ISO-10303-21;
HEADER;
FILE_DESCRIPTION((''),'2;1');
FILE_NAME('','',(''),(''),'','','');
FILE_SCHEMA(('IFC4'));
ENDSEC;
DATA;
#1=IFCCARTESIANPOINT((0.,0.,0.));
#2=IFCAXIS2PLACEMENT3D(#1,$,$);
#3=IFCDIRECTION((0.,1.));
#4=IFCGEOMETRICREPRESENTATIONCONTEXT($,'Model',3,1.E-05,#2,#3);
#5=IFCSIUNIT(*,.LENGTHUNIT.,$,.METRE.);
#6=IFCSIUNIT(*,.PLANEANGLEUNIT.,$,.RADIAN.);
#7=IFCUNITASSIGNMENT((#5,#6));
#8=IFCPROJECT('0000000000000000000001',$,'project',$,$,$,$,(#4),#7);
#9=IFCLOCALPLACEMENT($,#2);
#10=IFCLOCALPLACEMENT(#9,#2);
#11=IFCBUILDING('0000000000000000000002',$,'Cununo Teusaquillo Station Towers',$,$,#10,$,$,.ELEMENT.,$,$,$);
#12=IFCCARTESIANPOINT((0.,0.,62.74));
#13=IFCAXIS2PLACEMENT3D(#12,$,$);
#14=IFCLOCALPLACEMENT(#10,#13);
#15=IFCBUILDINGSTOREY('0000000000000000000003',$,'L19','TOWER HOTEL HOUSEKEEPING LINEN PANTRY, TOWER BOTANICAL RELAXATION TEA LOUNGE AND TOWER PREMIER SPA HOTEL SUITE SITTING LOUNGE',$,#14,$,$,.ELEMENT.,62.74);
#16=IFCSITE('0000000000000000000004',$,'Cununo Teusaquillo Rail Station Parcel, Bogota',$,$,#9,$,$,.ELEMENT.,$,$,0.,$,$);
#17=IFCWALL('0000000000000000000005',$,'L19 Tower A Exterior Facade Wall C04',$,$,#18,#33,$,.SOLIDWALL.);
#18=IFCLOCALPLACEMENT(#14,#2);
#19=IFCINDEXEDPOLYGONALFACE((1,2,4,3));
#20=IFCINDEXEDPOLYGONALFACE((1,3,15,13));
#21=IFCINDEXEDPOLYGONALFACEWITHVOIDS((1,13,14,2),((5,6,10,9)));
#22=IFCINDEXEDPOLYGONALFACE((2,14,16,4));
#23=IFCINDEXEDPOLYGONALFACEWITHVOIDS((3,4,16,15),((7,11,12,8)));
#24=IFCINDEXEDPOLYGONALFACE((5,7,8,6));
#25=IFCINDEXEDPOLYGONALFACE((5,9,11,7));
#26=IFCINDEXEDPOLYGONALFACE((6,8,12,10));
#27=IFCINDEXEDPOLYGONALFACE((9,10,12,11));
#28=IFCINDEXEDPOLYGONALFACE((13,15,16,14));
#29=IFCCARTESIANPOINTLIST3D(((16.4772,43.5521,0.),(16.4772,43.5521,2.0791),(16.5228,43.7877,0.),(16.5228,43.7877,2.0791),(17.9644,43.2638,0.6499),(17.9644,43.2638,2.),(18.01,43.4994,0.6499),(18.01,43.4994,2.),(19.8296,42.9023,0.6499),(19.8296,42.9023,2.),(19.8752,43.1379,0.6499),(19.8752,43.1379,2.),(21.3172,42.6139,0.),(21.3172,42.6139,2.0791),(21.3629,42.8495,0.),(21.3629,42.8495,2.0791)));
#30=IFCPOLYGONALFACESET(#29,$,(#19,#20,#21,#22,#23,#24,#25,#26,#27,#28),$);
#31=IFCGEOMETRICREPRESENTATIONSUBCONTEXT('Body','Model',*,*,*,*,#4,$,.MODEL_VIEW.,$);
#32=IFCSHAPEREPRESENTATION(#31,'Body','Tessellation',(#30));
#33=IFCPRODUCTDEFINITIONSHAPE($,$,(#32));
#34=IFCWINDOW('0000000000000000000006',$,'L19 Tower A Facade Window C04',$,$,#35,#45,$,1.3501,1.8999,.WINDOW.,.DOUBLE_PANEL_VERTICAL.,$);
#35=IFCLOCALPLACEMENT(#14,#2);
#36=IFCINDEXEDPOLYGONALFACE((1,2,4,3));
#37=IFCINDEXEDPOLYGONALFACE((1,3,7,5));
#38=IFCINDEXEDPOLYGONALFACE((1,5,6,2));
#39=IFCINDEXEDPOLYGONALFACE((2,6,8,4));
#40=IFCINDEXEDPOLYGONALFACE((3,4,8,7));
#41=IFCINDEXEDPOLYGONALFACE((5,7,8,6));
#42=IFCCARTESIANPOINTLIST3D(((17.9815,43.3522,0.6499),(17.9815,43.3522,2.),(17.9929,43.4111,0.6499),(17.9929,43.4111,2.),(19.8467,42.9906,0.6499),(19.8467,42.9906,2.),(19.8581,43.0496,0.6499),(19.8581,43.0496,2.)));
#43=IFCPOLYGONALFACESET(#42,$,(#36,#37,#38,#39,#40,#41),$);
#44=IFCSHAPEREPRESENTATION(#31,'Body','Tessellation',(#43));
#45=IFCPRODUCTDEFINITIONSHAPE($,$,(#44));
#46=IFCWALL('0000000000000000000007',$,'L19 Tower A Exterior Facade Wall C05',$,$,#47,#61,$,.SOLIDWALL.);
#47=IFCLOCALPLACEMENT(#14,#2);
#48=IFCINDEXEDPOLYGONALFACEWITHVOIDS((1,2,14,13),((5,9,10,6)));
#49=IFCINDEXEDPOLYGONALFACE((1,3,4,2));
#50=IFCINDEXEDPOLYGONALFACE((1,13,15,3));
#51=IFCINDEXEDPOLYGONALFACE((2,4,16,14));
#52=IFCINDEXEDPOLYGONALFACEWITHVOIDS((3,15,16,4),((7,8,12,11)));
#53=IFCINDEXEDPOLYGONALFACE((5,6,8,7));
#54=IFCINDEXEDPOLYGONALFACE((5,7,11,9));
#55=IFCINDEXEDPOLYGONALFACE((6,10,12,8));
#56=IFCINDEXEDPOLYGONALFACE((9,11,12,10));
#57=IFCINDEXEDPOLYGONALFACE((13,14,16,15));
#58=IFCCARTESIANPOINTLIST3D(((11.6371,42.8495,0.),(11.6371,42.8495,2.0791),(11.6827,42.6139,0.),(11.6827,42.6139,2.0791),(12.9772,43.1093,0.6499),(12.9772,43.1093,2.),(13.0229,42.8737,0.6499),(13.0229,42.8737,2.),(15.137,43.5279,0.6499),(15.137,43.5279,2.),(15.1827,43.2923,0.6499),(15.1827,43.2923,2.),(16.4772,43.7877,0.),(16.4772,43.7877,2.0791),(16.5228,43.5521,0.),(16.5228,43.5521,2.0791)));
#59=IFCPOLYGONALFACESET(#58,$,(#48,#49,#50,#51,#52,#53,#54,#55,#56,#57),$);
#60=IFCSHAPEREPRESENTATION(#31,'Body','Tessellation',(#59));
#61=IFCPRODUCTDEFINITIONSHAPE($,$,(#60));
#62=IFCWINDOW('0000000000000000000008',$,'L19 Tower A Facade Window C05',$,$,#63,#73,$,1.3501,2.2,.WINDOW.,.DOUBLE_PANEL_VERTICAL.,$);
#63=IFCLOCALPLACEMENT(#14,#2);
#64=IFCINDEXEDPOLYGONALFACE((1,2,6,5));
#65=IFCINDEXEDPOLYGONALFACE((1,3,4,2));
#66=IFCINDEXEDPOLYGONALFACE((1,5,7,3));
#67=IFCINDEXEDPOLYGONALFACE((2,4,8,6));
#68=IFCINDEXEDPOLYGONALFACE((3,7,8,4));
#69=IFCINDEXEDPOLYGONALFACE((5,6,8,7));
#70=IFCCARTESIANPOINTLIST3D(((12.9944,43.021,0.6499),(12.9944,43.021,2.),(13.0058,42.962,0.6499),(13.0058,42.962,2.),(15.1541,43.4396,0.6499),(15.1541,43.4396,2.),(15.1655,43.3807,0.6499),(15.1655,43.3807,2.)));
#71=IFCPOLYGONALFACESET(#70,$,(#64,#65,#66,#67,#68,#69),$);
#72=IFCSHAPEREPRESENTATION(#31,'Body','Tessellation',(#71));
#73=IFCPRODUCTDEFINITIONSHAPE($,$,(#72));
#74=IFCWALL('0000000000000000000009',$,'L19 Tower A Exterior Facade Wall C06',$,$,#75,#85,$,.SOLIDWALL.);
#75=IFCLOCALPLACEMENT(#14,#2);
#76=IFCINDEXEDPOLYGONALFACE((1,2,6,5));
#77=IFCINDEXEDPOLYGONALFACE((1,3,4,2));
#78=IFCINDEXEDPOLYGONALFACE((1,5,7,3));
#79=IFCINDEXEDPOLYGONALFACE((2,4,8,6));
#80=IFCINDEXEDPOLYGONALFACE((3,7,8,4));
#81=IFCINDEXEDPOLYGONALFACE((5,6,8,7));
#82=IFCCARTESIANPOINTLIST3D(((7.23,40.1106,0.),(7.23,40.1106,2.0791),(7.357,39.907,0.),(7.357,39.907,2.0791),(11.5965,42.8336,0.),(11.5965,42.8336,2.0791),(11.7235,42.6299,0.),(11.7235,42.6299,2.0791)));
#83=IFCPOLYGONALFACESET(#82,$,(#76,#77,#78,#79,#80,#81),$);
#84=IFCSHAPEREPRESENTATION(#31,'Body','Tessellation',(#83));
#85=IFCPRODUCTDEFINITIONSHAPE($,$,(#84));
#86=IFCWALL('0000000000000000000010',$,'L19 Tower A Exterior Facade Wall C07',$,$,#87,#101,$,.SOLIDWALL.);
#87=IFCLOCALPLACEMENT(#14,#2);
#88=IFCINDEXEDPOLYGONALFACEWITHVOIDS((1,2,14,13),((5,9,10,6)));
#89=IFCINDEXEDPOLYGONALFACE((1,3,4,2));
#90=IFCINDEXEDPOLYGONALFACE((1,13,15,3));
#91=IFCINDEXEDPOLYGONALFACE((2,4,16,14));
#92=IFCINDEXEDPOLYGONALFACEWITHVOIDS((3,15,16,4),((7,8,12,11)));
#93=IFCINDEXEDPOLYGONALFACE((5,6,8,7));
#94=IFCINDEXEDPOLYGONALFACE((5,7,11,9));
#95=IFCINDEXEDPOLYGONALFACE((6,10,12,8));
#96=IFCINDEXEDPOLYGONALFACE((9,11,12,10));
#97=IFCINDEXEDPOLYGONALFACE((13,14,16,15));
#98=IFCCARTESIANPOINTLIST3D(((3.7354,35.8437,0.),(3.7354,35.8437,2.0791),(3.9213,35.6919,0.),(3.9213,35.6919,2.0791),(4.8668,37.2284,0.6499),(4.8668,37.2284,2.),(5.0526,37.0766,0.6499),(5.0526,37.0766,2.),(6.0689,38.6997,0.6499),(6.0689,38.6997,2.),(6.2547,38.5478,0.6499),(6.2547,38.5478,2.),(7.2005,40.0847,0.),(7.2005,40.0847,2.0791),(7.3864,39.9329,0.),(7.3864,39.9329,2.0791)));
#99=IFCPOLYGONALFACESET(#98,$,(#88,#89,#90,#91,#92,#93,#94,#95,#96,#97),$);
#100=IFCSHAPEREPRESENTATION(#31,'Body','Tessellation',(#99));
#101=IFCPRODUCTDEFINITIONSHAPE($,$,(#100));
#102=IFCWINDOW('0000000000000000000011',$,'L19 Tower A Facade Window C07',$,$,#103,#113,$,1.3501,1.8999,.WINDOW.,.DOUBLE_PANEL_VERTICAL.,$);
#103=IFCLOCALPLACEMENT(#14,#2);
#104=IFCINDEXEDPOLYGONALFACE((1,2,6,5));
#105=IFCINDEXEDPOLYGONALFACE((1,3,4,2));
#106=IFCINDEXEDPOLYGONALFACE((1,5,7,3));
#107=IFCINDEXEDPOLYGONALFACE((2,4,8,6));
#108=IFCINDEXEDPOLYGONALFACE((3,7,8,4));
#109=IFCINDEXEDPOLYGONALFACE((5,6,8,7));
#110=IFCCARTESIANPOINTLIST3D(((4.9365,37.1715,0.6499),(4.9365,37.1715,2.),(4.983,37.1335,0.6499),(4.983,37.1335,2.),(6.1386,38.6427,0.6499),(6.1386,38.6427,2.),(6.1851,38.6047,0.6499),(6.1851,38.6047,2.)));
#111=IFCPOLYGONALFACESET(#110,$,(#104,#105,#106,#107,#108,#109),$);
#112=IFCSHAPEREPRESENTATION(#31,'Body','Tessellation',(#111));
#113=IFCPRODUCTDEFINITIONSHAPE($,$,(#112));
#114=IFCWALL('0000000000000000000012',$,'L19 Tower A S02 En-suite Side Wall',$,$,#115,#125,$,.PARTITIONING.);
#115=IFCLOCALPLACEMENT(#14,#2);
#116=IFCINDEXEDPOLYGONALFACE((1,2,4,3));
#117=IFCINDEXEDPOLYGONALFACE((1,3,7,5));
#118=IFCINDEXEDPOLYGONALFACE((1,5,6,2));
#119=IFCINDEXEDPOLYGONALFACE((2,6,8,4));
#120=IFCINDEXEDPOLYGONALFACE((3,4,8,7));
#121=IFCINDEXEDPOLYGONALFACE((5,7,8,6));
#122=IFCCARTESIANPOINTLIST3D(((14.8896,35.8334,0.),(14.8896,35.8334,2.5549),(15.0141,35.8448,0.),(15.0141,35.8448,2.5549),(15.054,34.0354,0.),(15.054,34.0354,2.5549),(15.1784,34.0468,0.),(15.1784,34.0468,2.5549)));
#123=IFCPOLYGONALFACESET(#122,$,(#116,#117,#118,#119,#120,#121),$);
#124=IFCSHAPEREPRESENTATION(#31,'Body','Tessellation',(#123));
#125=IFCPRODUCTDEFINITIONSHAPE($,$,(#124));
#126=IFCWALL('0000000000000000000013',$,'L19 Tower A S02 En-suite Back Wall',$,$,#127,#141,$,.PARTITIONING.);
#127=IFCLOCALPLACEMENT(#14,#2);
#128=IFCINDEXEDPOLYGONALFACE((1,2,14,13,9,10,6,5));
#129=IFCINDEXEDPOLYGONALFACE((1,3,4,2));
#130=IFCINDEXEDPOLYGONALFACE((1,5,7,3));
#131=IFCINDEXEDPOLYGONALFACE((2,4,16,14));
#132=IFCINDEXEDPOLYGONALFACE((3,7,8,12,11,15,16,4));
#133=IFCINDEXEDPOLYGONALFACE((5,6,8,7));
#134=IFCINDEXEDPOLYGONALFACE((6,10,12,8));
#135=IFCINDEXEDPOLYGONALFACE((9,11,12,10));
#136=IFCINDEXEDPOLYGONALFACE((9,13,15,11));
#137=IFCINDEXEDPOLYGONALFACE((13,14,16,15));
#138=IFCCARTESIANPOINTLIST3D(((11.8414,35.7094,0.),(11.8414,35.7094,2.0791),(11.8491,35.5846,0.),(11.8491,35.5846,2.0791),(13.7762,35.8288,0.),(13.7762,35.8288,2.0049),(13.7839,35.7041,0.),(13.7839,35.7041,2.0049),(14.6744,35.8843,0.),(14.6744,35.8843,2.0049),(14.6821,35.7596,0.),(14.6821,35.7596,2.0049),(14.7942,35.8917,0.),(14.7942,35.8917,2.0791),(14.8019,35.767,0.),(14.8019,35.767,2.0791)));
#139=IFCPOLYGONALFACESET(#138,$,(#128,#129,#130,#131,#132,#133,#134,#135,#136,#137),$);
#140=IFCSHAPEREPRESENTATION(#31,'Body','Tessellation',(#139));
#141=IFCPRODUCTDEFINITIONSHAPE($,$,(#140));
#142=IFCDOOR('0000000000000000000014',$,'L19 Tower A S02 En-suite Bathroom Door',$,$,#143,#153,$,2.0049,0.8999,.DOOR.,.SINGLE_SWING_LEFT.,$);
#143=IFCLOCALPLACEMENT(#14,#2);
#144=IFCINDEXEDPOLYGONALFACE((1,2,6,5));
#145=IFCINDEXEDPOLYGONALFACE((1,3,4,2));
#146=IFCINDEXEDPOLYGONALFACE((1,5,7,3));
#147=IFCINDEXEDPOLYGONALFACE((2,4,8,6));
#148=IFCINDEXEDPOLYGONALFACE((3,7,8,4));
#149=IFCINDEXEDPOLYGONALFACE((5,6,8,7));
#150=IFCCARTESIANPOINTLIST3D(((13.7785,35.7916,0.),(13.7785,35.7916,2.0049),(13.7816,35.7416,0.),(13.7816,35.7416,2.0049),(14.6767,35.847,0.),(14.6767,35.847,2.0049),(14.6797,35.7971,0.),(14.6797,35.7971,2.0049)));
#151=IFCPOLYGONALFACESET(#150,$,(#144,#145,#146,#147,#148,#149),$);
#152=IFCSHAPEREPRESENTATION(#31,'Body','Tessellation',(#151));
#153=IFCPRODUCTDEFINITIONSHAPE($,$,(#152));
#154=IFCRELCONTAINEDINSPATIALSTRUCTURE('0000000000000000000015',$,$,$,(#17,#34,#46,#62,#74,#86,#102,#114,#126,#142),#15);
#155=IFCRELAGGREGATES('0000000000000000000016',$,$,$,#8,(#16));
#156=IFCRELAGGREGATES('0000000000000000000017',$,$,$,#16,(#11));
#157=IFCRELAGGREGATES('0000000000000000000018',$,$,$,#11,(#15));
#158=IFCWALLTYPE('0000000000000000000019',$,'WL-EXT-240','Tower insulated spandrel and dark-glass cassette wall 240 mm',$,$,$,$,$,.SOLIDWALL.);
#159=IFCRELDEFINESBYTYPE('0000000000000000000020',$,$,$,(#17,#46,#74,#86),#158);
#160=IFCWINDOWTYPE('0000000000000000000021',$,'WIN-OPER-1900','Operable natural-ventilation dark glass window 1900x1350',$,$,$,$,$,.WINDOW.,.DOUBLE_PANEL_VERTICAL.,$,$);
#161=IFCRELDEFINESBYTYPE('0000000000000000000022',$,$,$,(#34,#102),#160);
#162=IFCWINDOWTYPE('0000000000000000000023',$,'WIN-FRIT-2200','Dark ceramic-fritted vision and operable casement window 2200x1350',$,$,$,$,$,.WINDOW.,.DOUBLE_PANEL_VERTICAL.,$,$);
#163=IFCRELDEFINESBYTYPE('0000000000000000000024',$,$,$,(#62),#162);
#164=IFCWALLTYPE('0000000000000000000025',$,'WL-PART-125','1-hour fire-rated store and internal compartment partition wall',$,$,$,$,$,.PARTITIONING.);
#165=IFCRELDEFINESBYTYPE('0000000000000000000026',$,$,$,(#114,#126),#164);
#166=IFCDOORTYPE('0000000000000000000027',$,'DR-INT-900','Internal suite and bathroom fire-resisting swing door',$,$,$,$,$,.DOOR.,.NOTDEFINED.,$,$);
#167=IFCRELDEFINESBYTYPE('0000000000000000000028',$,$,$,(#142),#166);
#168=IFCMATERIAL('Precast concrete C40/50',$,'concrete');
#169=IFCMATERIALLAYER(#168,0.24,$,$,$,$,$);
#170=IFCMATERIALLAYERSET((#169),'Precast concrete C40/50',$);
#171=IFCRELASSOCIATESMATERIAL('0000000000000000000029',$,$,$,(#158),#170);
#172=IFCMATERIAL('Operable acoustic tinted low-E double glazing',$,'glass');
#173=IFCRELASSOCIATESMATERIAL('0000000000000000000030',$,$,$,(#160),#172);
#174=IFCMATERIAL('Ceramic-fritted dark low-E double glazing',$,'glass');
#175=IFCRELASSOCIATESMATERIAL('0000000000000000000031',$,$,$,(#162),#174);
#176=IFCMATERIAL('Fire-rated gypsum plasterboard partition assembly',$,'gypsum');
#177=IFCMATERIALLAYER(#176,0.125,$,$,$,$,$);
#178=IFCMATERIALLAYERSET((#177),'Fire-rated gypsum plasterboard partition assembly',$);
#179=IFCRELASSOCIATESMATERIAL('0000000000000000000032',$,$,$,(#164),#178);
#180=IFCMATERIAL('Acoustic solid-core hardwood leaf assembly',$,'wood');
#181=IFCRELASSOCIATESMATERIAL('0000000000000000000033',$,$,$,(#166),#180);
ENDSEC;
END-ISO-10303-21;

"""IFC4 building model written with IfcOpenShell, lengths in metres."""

from ifc_helpers import new_model, si_unit, direction, frame, frame_2d, origin, place, context, subcontext, project, spatial, rectangle, extrude, source, transform, mapped, material, layer, layer_set, type_object, element, fill, save


model = new_model("IFC4")

# Units and contexts
model_context = context("Model", 3, precision=1e-05, world=origin(), true_north=direction((0.0, 1.0)))
body_context = subcontext(model_context, "Body", "Model", "MODEL_VIEW")
ifc_project = project(units=[si_unit("LENGTHUNIT", "METRE"), si_unit("PLANEANGLEUNIT", "RADIAN")], contexts=[model_context])

# Site, building, storey
site_placement = place(None, origin())
site = spatial("IfcSite", under=ifc_project, at=site_placement, Name="Cununo Teusaquillo Rail Station Parcel, Bogota", CompositionType="ELEMENT", RefElevation=0.0)
building_placement = place(site_placement, origin())
building = spatial("IfcBuilding", under=site, at=building_placement, Name="Cununo Teusaquillo Station Towers", CompositionType="ELEMENT")
storey_placement = place(building_placement, frame((0.0, 0.0, 62.74)))
storey = spatial("IfcBuildingStorey", under=building, at=storey_placement, Name="L19", Description="TOWER HOTEL HOUSEKEEPING LINEN PANTRY, TOWER BOTANICAL RELAXATION TEA LOUNGE AND TOWER PREMIER SPA HOTEL SUITE SITTING LOUNGE", CompositionType="ELEMENT", Elevation=62.74)

# Walls, openings, windows
ifc_material_1 = material(Name="Precast concrete C40/50", Category="concrete")
ifc_layer_1 = layer(ifc_material_1, 0.24)
ifc_layer_set_1 = layer_set([ifc_layer_1], Name="Precast concrete C40/50")
wall_type_1 = type_object("IfcWallType", Name="WL-EXT-240", Description="Tower insulated spandrel and dark-glass cassette wall 240 mm", PredefinedType="SOLIDWALL", material=ifc_layer_set_1)
wall_1_placement = place(storey_placement, frame((16.5, 43.6699, 0.0), z_axis=(0.0, 0.0, 1.0), x_axis=(0.981725, -0.190304, 0.0)))
wall_1 = element("IfcWall", 1, at=wall_1_placement, inside=storey, type_object=wall_type_1, Name="L19 Tower A Exterior Facade Wall C04", PredefinedType="SOLIDWALL", context=body_context, shape_type="SweptSolid", body=[
    extrude(rectangle(XDim=4.9302, YDim=0.24, at=frame_2d((2.4651, 0.0))), origin(), (0.0, 0.0, 1.0), 2.0791),
])
shared_shape_1 = source(origin(), body_context, "Body", "SweptSolid", [
    extrude(rectangle(XDim=1.8999, YDim=1.3501, at=frame_2d((0.95, 0.675))), frame((0.0, 0.1299, 0.0), z_axis=(0.0, -1.0, 0.0), x_axis=(1.0, 0.0, 0.0)), (0.0, 0.0, 1.0), 0.26),
])
opening_1_placement = place(wall_1_placement, frame((1.5149, 0.0, 0.6499)))
opening_1 = element("IfcOpeningElement", 2, at=opening_1_placement, cuts=wall_1, PredefinedType="OPENING", context=body_context, shape_type="MappedRepresentation", body=[
    mapped(shared_shape_1, transform((0.0, 0.0, 0.0), x_axis=(1.0, 0.0, 0.0), y_axis=(0.0, 1.0, 0.0), z_axis=(0.0, 0.0, 1.0), scale=1.0)),
])
ifc_material_2 = material(Name="Operable acoustic tinted low-E double glazing", Category="glass")
window_type_1 = type_object("IfcWindowType", Name="WIN-OPER-1900", Description="Operable natural-ventilation dark glass window 1900x1350", PartitioningType="DOUBLE_PANEL_VERTICAL", PredefinedType="WINDOW", material=ifc_material_2)
shared_shape_2 = source(origin(), body_context, "Body", "SweptSolid", [
    extrude(rectangle(XDim=1.8999, YDim=1.3501, at=frame_2d((0.95, 0.675))), frame((0.0, 0.03, 0.0), z_axis=(0.0, -1.0, 0.0), x_axis=(1.0, 0.0, 0.0)), (0.0, 0.0, 1.0), 0.0601),
])
window_1_placement = place(opening_1_placement, origin())
window_1 = element("IfcWindow", 3, at=window_1_placement, inside=storey, type_object=window_type_1, Name="L19 Tower A Facade Window C04", OverallHeight=1.3501, OverallWidth=1.8999, PartitioningType="DOUBLE_PANEL_VERTICAL", PredefinedType="WINDOW", context=body_context, shape_type="MappedRepresentation", body=[
    mapped(shared_shape_2, transform((0.0, 0.0, 0.0), x_axis=(1.0, 0.0, 0.0), y_axis=(0.0, 1.0, 0.0), z_axis=(0.0, 0.0, 1.0), scale=1.0)),
])
fill(opening_1, window_1)
wall_2_placement = place(storey_placement, frame((11.6599, 42.7317, 0.0), z_axis=(0.0, 0.0, 1.0), x_axis=(0.981725, 0.190304, 0.0)))
wall_2 = element("IfcWall", 4, at=wall_2_placement, inside=storey, type_object=wall_type_1, Name="L19 Tower A Exterior Facade Wall C05", PredefinedType="SOLIDWALL", context=body_context, shape_type="SweptSolid", body=[
    extrude(rectangle(XDim=4.9302, YDim=0.24, at=frame_2d((2.4651, 0.0))), origin(), (0.0, 0.0, 1.0), 2.0791),
])
shared_shape_3 = source(origin(), body_context, "Body", "SweptSolid", [
    extrude(rectangle(XDim=2.2, YDim=1.3501, at=frame_2d((1.1001, 0.675))), frame((0.0, 0.1299, 0.0), z_axis=(0.0, -1.0, 0.0), x_axis=(1.0, 0.0, 0.0)), (0.0, 0.0, 1.0), 0.26),
])
opening_2_placement = place(wall_2_placement, frame((1.365, 0.0, 0.6499)))
opening_2 = element("IfcOpeningElement", 5, at=opening_2_placement, cuts=wall_2, PredefinedType="OPENING", context=body_context, shape_type="MappedRepresentation", body=[
    mapped(shared_shape_3, transform((0.0, 0.0, 0.0), x_axis=(1.0, 0.0, 0.0), y_axis=(0.0, 1.0, 0.0), z_axis=(0.0, 0.0, 1.0), scale=1.0)),
])
ifc_material_3 = material(Name="Ceramic-fritted dark low-E double glazing", Category="glass")
window_type_2 = type_object("IfcWindowType", Name="WIN-FRIT-2200", Description="Dark ceramic-fritted vision and operable casement window 2200x1350", PartitioningType="DOUBLE_PANEL_VERTICAL", PredefinedType="WINDOW", material=ifc_material_3)
shared_shape_4 = source(origin(), body_context, "Body", "SweptSolid", [
    extrude(rectangle(XDim=2.2, YDim=1.3501, at=frame_2d((1.1001, 0.675))), frame((0.0, 0.03, 0.0), z_axis=(0.0, -1.0, 0.0), x_axis=(1.0, 0.0, 0.0)), (0.0, 0.0, 1.0), 0.0601),
])
window_2_placement = place(opening_2_placement, origin())
window_2 = element("IfcWindow", 6, at=window_2_placement, inside=storey, type_object=window_type_2, Name="L19 Tower A Facade Window C05", OverallHeight=1.3501, OverallWidth=2.2, PartitioningType="DOUBLE_PANEL_VERTICAL", PredefinedType="WINDOW", context=body_context, shape_type="MappedRepresentation", body=[
    mapped(shared_shape_4, transform((0.0, 0.0, 0.0), x_axis=(1.0, 0.0, 0.0), y_axis=(0.0, 1.0, 0.0), z_axis=(0.0, 0.0, 1.0), scale=1.0)),
])
fill(opening_2, window_2)

# Wall
wall_3_placement = place(storey_placement, frame((7.2935, 40.0088, 0.0), z_axis=(0.0, 0.0, 1.0), x_axis=(0.848534, 0.529141, 0.0)))
element("IfcWall", 7, at=wall_3_placement, inside=storey, type_object=wall_type_1, Name="L19 Tower A Exterior Facade Wall C06", PredefinedType="SOLIDWALL", context=body_context, shape_type="SweptSolid", body=[
    extrude(rectangle(XDim=5.146, YDim=0.24, at=frame_2d((2.573, 0.0))), origin(), (0.0, 0.0, 1.0), 2.0791),
])

# Wall, opening, window
wall_4_placement = place(storey_placement, frame((3.8284, 35.7678, 0.0), z_axis=(0.0, 0.0, 1.0), x_axis=(0.632713, 0.774386, 0.0)))
wall_4 = element("IfcWall", 8, at=wall_4_placement, inside=storey, type_object=wall_type_1, Name="L19 Tower A Exterior Facade Wall C07", PredefinedType="SOLIDWALL", context=body_context, shape_type="SweptSolid", body=[
    extrude(rectangle(XDim=5.4766, YDim=0.24, at=frame_2d((2.7383, 0.0))), origin(), (0.0, 0.0, 1.0), 2.0791),
])
opening_3_placement = place(wall_4_placement, frame((1.7881, 0.0, 0.6499)))
opening_3 = element("IfcOpeningElement", 9, at=opening_3_placement, cuts=wall_4, PredefinedType="OPENING", context=body_context, shape_type="MappedRepresentation", body=[
    mapped(shared_shape_1, transform((0.0, 0.0, 0.0), x_axis=(1.0, 0.0, 0.0), y_axis=(0.0, 1.0, 0.0), z_axis=(0.0, 0.0, 1.0), scale=1.0)),
])
window_3_placement = place(opening_3_placement, origin())
window_3 = element("IfcWindow", 10, at=window_3_placement, inside=storey, type_object=window_type_1, Name="L19 Tower A Facade Window C07", OverallHeight=1.3501, OverallWidth=1.8999, PartitioningType="DOUBLE_PANEL_VERTICAL", PredefinedType="WINDOW", context=body_context, shape_type="MappedRepresentation", body=[
    mapped(shared_shape_2, transform((0.0, 0.0, 0.0), x_axis=(1.0, 0.0, 0.0), y_axis=(0.0, 1.0, 0.0), z_axis=(0.0, 0.0, 1.0), scale=1.0)),
])
fill(opening_3, window_3)

# Wall
ifc_material_4 = material(Name="Fire-rated gypsum plasterboard partition assembly", Category="gypsum")
ifc_layer_2 = layer(ifc_material_4, 0.125)
ifc_layer_set_2 = layer_set([ifc_layer_2], Name="Fire-rated gypsum plasterboard partition assembly")
wall_type_2 = type_object("IfcWallType", Name="WL-PART-125", Description="1-hour fire-rated store and internal compartment partition wall", PredefinedType="PARTITIONING", material=ifc_layer_set_2)
wall_5_placement = place(storey_placement, frame((15.1162, 34.041, 0.0), z_axis=(0.0, 0.0, 1.0), x_axis=(-0.091011, 0.99585, 0.0)))
element("IfcWall", 11, at=wall_5_placement, inside=storey, type_object=wall_type_2, Name="L19 Tower A S02 En-suite Side Wall", PredefinedType="PARTITIONING", context=body_context, shape_type="SweptSolid", body=[
    extrude(rectangle(XDim=1.8054, YDim=0.125, at=frame_2d((0.9028, 0.0))), origin(), (0.0, 0.0, 1.0), 2.5549),
])

# Wall, opening, door
wall_6_placement = place(storey_placement, frame((14.7981, 35.8293, 0.0), z_axis=(0.0, 0.0, 1.0), x_axis=(-0.998098, -0.061644, 0.0)))
wall_6 = element("IfcWall", 12, at=wall_6_placement, inside=storey, type_object=wall_type_2, Name="L19 Tower A S02 En-suite Back Wall", PredefinedType="PARTITIONING", context=body_context, shape_type="SweptSolid", body=[
    extrude(rectangle(XDim=2.9585, YDim=0.125, at=frame_2d((1.4792, 0.0))), origin(), (0.0, 0.0, 1.0), 2.0791),
])
shared_shape_5 = source(origin(), body_context, "Body", "SweptSolid", [
    extrude(rectangle(XDim=0.8999, YDim=2.0049, at=frame_2d((0.45, 1.0024))), frame((0.0, 0.0725, 0.0), z_axis=(0.0, -1.0, 0.0), x_axis=(1.0, 0.0, 0.0)), (0.0, 0.0, 1.0), 0.145),
])
opening_4_placement = place(wall_6_placement, frame((0.1201, 0.0, 0.0)))
opening_4 = element("IfcOpeningElement", 13, at=opening_4_placement, cuts=wall_6, PredefinedType="OPENING", context=body_context, shape_type="MappedRepresentation", body=[
    mapped(shared_shape_5, transform((0.0, 0.0, 0.0), x_axis=(1.0, 0.0, 0.0), y_axis=(0.0, 1.0, 0.0), z_axis=(0.0, 0.0, 1.0), scale=1.0)),
])
ifc_material_5 = material(Name="Acoustic solid-core hardwood leaf assembly", Category="wood")
door_type_1 = type_object("IfcDoorType", Name="DR-INT-900", Description="Internal suite and bathroom fire-resisting swing door", OperationType="NOTDEFINED", PredefinedType="DOOR", material=ifc_material_5)
shared_shape_6 = source(origin(), body_context, "Body", "SweptSolid", [
    extrude(rectangle(XDim=0.8999, YDim=2.0049, at=frame_2d((0.45, 1.0024))), frame((0.0, 0.0249, 0.0), z_axis=(0.0, -1.0, 0.0), x_axis=(1.0, 0.0, 0.0)), (0.0, 0.0, 1.0), 0.05),
])
door_1_placement = place(opening_4_placement, origin())
door_1 = element("IfcDoor", 14, at=door_1_placement, inside=storey, type_object=door_type_1, Name="L19 Tower A S02 En-suite Bathroom Door", OperationType="SINGLE_SWING_LEFT", OverallHeight=2.0049, OverallWidth=0.8999, PredefinedType="DOOR", context=body_context, shape_type="MappedRepresentation", body=[
    mapped(shared_shape_6, transform((0.0, 0.0, 0.0), x_axis=(1.0, 0.0, 0.0), y_axis=(0.0, 1.0, 0.0), z_axis=(0.0, 0.0, 1.0), scale=1.0)),
])
fill(opening_4, door_1)

save(model, "model.ifc")
